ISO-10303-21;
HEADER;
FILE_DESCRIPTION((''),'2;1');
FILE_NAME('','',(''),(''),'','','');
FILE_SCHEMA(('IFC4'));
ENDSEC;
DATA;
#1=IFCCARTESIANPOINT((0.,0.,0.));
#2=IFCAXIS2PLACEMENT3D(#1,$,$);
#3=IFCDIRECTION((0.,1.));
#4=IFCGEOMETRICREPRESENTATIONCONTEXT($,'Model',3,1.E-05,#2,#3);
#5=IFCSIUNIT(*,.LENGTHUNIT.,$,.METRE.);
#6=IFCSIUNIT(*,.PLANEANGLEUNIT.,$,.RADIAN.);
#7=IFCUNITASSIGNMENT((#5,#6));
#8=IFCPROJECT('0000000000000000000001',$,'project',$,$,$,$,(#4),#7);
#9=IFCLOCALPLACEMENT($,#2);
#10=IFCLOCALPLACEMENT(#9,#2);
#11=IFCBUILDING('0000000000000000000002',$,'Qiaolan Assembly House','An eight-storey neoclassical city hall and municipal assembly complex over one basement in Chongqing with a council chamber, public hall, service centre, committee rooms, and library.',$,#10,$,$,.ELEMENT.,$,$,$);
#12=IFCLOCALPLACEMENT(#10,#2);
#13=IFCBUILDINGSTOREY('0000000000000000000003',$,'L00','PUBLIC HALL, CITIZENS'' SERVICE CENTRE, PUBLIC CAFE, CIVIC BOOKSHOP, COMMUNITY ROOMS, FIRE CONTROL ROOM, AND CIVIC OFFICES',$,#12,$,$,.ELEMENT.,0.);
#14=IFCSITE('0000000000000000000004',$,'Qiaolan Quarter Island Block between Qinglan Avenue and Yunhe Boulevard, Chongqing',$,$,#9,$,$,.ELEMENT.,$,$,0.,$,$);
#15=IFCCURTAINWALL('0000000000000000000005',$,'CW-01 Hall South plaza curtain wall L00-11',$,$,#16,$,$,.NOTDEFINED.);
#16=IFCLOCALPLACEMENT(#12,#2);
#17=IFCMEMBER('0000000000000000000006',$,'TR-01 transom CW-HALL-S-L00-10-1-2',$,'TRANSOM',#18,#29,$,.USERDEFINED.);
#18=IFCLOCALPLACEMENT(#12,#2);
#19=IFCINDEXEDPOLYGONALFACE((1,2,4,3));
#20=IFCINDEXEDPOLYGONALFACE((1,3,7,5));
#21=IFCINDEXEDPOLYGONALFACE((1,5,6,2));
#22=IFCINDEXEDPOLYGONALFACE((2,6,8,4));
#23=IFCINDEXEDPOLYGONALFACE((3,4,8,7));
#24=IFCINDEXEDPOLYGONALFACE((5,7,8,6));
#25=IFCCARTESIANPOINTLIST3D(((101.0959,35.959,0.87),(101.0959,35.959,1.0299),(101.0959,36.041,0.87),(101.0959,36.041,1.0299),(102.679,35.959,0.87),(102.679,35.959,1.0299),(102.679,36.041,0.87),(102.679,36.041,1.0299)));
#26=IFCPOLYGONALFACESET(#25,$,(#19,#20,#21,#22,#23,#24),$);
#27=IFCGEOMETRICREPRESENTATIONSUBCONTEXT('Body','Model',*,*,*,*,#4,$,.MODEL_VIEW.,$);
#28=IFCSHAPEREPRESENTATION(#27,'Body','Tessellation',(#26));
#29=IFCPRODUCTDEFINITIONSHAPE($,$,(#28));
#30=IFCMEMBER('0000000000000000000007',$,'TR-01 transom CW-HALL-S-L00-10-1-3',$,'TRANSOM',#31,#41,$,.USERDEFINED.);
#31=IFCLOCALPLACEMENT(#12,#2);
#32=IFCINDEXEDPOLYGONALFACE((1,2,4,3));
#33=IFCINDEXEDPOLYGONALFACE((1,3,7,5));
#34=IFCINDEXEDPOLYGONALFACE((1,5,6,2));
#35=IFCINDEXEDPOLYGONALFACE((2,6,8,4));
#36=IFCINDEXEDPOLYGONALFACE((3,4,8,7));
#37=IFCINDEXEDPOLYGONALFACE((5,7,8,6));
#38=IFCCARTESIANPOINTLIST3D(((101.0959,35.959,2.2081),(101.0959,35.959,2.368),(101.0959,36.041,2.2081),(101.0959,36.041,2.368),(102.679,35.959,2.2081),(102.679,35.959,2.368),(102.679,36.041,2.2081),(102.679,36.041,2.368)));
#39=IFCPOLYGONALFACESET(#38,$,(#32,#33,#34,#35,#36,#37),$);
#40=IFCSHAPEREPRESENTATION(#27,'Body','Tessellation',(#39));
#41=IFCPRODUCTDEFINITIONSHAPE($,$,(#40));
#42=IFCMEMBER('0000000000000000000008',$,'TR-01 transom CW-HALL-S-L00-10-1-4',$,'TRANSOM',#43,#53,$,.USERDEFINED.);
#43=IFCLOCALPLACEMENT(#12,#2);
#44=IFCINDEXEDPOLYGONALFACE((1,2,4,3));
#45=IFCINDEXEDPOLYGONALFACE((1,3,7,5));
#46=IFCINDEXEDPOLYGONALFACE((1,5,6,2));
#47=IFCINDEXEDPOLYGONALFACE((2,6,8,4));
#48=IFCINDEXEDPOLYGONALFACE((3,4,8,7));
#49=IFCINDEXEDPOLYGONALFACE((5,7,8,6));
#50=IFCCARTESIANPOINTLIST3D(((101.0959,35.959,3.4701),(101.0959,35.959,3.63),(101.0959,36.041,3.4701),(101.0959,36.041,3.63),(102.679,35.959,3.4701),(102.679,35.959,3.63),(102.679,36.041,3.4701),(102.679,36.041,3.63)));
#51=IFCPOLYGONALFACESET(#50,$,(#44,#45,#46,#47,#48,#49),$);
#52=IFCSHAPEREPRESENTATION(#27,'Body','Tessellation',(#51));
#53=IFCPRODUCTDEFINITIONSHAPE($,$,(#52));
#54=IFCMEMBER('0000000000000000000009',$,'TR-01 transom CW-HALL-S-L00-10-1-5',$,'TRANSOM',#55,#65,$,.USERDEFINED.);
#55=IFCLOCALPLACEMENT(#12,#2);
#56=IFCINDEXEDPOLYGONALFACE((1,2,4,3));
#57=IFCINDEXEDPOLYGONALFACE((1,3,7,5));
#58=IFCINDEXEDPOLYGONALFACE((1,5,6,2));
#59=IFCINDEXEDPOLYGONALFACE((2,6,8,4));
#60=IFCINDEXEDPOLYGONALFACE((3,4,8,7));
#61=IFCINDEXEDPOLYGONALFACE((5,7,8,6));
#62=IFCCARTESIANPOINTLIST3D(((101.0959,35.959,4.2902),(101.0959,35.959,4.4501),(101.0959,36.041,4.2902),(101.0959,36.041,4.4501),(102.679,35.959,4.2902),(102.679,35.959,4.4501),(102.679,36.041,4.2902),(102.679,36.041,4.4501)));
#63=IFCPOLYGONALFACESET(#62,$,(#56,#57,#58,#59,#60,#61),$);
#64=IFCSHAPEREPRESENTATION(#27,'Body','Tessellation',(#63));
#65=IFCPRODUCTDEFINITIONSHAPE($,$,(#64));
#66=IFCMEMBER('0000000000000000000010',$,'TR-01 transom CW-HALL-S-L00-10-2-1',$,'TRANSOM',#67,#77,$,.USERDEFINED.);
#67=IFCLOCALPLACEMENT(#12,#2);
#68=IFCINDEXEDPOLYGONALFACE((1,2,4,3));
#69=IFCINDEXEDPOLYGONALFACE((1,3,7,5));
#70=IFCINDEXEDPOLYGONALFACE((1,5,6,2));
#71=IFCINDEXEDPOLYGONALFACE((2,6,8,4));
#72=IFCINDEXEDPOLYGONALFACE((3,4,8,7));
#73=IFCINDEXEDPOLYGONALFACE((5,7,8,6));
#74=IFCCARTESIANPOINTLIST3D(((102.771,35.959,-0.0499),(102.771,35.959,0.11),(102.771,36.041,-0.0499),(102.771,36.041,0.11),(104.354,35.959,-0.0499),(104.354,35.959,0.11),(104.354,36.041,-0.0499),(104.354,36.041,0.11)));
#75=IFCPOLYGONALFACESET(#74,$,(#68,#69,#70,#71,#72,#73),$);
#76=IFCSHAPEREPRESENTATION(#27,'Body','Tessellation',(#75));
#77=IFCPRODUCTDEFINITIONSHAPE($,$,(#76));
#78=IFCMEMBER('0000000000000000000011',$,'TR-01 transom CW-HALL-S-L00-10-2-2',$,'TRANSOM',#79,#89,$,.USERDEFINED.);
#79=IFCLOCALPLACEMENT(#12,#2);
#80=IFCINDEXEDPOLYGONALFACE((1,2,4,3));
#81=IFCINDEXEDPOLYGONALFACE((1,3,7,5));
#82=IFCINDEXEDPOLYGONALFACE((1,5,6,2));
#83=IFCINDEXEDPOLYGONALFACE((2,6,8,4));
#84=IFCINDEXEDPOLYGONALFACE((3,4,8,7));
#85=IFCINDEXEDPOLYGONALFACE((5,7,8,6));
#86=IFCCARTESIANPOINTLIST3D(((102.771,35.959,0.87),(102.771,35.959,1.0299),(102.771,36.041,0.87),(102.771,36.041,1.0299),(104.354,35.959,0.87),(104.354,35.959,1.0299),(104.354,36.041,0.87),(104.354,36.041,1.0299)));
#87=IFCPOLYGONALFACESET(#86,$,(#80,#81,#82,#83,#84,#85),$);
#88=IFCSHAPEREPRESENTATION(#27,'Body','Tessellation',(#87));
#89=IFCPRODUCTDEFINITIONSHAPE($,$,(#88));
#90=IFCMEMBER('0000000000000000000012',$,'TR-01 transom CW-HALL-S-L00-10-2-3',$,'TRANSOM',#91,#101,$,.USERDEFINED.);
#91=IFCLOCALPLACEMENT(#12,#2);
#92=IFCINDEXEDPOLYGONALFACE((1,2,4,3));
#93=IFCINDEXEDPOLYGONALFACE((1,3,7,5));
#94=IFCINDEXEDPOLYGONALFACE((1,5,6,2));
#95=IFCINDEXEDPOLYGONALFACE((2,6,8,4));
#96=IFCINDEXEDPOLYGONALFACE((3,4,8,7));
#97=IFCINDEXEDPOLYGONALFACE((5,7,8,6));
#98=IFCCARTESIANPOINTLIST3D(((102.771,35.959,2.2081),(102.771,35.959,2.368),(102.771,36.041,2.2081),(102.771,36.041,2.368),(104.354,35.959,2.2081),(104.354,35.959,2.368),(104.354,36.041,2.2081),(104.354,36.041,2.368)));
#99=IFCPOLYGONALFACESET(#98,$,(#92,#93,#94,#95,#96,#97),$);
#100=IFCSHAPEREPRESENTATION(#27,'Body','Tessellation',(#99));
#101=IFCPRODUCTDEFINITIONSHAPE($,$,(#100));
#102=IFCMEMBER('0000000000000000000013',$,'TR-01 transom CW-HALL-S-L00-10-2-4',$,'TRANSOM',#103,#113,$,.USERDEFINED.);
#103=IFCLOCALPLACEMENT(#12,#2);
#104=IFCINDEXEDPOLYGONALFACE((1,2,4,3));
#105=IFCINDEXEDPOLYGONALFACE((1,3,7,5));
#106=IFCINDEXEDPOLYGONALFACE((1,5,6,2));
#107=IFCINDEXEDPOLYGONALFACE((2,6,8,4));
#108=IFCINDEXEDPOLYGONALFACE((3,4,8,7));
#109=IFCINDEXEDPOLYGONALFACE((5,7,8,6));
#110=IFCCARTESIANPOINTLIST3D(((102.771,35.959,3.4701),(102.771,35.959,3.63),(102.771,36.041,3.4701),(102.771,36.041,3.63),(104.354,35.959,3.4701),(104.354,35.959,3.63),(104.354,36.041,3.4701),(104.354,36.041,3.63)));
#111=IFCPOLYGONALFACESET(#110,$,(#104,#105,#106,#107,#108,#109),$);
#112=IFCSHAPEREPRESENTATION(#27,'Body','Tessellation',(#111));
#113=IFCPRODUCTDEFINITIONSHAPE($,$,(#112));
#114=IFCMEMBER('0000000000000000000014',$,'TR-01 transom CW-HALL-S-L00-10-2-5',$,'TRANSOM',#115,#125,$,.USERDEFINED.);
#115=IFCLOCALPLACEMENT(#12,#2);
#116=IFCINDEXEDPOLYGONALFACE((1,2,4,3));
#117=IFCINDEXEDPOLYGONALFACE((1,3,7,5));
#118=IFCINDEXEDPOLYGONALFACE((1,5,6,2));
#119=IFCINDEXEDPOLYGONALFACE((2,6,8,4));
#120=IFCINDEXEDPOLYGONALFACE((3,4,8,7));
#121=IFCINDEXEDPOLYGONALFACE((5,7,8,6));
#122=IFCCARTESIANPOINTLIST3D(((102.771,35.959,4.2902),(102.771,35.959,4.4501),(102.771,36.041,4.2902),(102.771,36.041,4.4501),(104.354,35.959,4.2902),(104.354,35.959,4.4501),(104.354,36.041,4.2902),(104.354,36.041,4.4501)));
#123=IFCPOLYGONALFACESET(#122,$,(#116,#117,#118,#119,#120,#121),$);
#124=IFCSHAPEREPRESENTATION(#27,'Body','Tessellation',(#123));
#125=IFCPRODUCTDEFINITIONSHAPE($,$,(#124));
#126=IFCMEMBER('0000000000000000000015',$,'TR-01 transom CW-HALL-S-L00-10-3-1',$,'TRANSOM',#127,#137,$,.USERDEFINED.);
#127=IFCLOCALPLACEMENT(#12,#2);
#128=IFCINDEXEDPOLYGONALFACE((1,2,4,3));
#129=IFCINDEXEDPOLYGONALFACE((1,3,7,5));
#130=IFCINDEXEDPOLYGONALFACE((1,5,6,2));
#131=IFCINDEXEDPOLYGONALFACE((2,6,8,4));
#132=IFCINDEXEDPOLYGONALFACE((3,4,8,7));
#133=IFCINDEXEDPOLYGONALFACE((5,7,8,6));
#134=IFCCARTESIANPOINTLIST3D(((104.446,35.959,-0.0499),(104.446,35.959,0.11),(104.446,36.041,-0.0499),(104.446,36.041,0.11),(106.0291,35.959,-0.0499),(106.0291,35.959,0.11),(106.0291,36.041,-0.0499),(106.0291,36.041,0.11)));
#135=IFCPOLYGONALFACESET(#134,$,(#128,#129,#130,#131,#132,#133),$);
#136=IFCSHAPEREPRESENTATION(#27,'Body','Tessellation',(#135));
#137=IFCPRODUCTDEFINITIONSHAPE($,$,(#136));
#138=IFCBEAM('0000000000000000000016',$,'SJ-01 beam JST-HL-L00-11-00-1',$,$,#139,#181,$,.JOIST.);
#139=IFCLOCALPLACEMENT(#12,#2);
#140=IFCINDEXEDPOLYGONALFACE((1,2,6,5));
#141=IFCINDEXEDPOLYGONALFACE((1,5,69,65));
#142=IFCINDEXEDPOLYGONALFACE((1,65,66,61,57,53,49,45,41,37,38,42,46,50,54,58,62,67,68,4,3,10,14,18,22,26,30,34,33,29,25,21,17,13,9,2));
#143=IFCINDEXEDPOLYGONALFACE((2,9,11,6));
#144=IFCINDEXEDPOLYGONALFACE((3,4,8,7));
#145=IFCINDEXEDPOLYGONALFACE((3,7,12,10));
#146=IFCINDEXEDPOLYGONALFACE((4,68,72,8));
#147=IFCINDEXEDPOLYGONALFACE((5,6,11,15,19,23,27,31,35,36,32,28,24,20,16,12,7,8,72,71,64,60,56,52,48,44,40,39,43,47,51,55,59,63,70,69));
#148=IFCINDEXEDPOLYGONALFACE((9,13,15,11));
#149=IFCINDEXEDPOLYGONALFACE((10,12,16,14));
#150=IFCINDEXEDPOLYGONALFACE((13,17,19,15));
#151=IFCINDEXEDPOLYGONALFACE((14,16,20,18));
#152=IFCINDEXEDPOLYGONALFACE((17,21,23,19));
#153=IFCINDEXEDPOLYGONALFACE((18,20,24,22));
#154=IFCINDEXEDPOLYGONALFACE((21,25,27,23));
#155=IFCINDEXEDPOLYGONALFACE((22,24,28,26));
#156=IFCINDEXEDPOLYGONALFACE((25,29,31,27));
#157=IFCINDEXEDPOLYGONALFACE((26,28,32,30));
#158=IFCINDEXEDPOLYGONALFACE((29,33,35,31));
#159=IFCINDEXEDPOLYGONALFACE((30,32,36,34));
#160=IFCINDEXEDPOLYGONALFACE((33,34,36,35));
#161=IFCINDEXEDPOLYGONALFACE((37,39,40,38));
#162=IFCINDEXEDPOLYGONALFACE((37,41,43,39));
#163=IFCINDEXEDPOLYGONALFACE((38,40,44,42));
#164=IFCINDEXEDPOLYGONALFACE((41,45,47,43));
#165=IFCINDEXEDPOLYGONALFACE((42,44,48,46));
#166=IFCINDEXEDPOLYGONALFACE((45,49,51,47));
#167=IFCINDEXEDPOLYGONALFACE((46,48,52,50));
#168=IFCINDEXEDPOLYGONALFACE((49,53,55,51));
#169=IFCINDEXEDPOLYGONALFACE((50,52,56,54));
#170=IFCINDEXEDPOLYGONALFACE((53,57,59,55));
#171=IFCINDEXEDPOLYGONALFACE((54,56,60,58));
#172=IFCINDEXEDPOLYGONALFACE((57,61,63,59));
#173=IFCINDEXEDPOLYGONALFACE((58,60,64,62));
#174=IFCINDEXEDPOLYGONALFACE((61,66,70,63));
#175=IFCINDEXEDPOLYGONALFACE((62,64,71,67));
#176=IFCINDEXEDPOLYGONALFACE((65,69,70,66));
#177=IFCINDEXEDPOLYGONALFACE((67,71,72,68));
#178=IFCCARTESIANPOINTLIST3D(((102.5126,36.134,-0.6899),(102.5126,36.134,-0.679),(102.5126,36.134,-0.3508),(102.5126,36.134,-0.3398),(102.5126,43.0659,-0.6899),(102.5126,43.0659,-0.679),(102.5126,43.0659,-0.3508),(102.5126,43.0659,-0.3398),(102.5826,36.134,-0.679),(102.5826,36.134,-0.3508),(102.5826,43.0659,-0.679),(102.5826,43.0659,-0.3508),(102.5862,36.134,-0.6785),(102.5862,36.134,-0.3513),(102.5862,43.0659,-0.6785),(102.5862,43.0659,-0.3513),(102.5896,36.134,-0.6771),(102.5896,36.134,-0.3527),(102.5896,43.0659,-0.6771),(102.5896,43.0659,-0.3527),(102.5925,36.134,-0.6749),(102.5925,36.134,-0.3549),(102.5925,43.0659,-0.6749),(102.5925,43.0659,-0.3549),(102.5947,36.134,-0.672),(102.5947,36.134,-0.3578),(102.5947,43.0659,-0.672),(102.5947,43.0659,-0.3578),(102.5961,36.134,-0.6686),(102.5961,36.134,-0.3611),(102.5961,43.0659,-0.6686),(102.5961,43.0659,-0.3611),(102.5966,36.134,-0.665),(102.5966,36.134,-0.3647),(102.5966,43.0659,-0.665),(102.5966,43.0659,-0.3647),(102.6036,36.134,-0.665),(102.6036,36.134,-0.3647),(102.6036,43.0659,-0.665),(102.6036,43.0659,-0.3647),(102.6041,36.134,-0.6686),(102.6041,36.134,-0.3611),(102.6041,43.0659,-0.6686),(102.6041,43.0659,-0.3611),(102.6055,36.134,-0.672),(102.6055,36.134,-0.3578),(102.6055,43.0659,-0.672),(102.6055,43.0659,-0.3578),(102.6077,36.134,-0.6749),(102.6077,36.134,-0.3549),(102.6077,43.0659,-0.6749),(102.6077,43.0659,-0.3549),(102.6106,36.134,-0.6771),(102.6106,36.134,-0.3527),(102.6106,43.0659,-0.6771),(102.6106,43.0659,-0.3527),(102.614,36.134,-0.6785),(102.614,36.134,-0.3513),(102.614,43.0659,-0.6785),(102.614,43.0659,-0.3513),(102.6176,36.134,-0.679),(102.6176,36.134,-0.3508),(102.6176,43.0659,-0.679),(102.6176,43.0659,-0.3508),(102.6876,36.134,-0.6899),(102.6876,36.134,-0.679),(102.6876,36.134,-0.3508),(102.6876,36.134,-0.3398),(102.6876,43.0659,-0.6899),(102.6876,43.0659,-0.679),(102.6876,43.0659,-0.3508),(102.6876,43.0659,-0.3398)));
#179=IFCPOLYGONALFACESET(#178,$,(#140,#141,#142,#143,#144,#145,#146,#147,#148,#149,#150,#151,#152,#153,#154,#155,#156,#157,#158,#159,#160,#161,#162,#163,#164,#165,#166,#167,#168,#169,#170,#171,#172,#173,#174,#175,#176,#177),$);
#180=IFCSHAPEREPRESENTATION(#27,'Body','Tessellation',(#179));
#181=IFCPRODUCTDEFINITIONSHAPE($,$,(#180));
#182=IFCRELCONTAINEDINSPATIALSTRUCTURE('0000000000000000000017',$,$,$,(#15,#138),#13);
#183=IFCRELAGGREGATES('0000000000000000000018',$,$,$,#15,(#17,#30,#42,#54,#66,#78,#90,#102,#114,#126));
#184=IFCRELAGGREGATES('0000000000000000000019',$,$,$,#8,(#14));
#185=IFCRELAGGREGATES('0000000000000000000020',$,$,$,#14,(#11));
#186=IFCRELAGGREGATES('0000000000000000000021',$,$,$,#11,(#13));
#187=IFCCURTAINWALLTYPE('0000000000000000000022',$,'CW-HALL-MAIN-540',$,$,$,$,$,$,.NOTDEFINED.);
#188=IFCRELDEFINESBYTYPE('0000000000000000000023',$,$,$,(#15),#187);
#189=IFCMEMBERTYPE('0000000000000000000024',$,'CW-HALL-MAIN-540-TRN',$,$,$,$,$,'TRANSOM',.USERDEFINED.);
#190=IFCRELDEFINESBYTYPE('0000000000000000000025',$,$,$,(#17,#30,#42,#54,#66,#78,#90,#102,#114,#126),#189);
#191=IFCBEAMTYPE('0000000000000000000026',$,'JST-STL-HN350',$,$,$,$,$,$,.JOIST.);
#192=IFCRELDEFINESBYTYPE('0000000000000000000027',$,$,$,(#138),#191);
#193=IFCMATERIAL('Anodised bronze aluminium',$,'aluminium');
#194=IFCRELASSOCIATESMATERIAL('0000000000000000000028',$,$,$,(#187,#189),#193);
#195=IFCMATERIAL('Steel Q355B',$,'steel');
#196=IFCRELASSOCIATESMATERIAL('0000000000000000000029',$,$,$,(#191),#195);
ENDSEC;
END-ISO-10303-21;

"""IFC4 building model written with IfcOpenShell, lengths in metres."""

from ifc_helpers import new_model, si_unit, direction, frame, origin, origin_2d, place, context, subcontext, project, spatial, rectangle, i_section, extrude, material, material_profile, profile_set, type_object, element, aggregate, save


model = new_model("IFC4")

# Units and contexts
model_context = context("Model", 3, precision=1e-05, world=origin(), true_north=direction((0.0, 1.0)))
body_context = subcontext(model_context, "Body", "Model", "MODEL_VIEW")
ifc_project = project(units=[si_unit("LENGTHUNIT", "METRE"), si_unit("PLANEANGLEUNIT", "RADIAN")], contexts=[model_context])

# Site, building, storey
site_placement = place(None, origin())
site = spatial("IfcSite", under=ifc_project, at=site_placement, Name="Qiaolan Quarter Island Block between Qinglan Avenue and Yunhe Boulevard, Chongqing", CompositionType="ELEMENT", RefElevation=0.0)
building_placement = place(site_placement, origin())
building = spatial("IfcBuilding", under=site, at=building_placement, Name="Qiaolan Assembly House", Description="An eight-storey neoclassical city hall and municipal assembly complex over one basement in Chongqing with a council chamber, public hall, service centre, committee rooms, and library.", CompositionType="ELEMENT")
storey_placement = place(building_placement, origin())
storey = spatial("IfcBuildingStorey", under=building, at=storey_placement, Name="L00", Description="PUBLIC HALL, CITIZENS' SERVICE CENTRE, PUBLIC CAFE, CIVIC BOOKSHOP, COMMUNITY ROOMS, FIRE CONTROL ROOM, AND CIVIC OFFICES", CompositionType="ELEMENT", Elevation=0.0)

# Shared definitions
ifc_material_1 = material(Name="Steel Q355B", Category="steel")

# Curtain wall, members
ifc_material_2 = material(Name="Anodised bronze aluminium", Category="aluminium")
curtain_wall_type = type_object("IfcCurtainWallType", Name="CW-HALL-MAIN-540", PredefinedType="NOTDEFINED", material=ifc_material_2)
curtain_wall_placement = place(storey_placement, origin())
curtain_wall = element("IfcCurtainWall", 1, at=curtain_wall_placement, inside=storey, type_object=curtain_wall_type, Name="CW-01 Hall South plaza curtain wall L00-11", PredefinedType="NOTDEFINED")
ifc_material_profile_1 = material_profile(ifc_material_2, rectangle(XDim=0.082, YDim=0.1599, at=origin_2d()), Name="TRN 82x160")
ifc_profile_set_1 = profile_set([ifc_material_profile_1], Name="Anodised bronze aluminium")
member_type_1 = type_object("IfcMemberType", Name="CW-HALL-MAIN-540-TRN", ElementType="TRANSOM", PredefinedType="USERDEFINED", material=ifc_profile_set_1)
member_1_placement = place(storey_placement, frame((101.0959, 36.0, 0.95), z_axis=(1.0, 0.0, 0.0), x_axis=(0.0, 1.0, 0.0)))
member_1 = element("IfcMember", 2, at=member_1_placement, type_object=member_type_1, Name="TR-01 transom CW-HALL-S-L00-10-1-2", ObjectType="TRANSOM", PredefinedType="USERDEFINED", context=body_context, shape_type="SweptSolid", body=[
    extrude(rectangle(XDim=0.082, YDim=0.1599, at=origin_2d()), origin(), (0.0, 0.0, 1.0), 1.583),
])
member_2_placement = place(storey_placement, frame((101.0959, 36.0, 2.2881), z_axis=(1.0, 0.0, 0.0), x_axis=(0.0, 1.0, 0.0)))
member_2 = element("IfcMember", 3, at=member_2_placement, type_object=member_type_1, Name="TR-01 transom CW-HALL-S-L00-10-1-3", ObjectType="TRANSOM", PredefinedType="USERDEFINED", context=body_context, shape_type="SweptSolid", body=[
    extrude(rectangle(XDim=0.082, YDim=0.1599, at=origin_2d()), origin(), (0.0, 0.0, 1.0), 1.583),
])
member_3_placement = place(storey_placement, frame((101.0959, 36.0, 3.55), z_axis=(1.0, 0.0, 0.0), x_axis=(0.0, 1.0, 0.0)))
member_3 = element("IfcMember", 4, at=member_3_placement, type_object=member_type_1, Name="TR-01 transom CW-HALL-S-L00-10-1-4", ObjectType="TRANSOM", PredefinedType="USERDEFINED", context=body_context, shape_type="SweptSolid", body=[
    extrude(rectangle(XDim=0.082, YDim=0.1599, at=origin_2d()), origin(), (0.0, 0.0, 1.0), 1.583),
])
member_4_placement = place(storey_placement, frame((101.0959, 36.0, 4.3701), z_axis=(1.0, 0.0, 0.0), x_axis=(0.0, 1.0, 0.0)))
member_4 = element("IfcMember", 5, at=member_4_placement, type_object=member_type_1, Name="TR-01 transom CW-HALL-S-L00-10-1-5", ObjectType="TRANSOM", PredefinedType="USERDEFINED", context=body_context, shape_type="SweptSolid", body=[
    extrude(rectangle(XDim=0.082, YDim=0.1599, at=origin_2d()), origin(), (0.0, 0.0, 1.0), 1.583),
])
member_5_placement = place(storey_placement, frame((102.771, 36.0, 0.03), z_axis=(1.0, 0.0, 0.0), x_axis=(0.0, 1.0, 0.0)))
member_5 = element("IfcMember", 6, at=member_5_placement, type_object=member_type_1, Name="TR-01 transom CW-HALL-S-L00-10-2-1", ObjectType="TRANSOM", PredefinedType="USERDEFINED", context=body_context, shape_type="SweptSolid", body=[
    extrude(rectangle(XDim=0.082, YDim=0.1599, at=origin_2d()), origin(), (0.0, 0.0, 1.0), 1.583),
])
member_6_placement = place(storey_placement, frame((102.771, 36.0, 0.95), z_axis=(1.0, 0.0, 0.0), x_axis=(0.0, 1.0, 0.0)))
member_6 = element("IfcMember", 7, at=member_6_placement, type_object=member_type_1, Name="TR-01 transom CW-HALL-S-L00-10-2-2", ObjectType="TRANSOM", PredefinedType="USERDEFINED", context=body_context, shape_type="SweptSolid", body=[
    extrude(rectangle(XDim=0.082, YDim=0.1599, at=origin_2d()), origin(), (0.0, 0.0, 1.0), 1.583),
])
member_7_placement = place(storey_placement, frame((102.771, 36.0, 2.2881), z_axis=(1.0, 0.0, 0.0), x_axis=(0.0, 1.0, 0.0)))
member_7 = element("IfcMember", 8, at=member_7_placement, type_object=member_type_1, Name="TR-01 transom CW-HALL-S-L00-10-2-3", ObjectType="TRANSOM", PredefinedType="USERDEFINED", context=body_context, shape_type="SweptSolid", body=[
    extrude(rectangle(XDim=0.082, YDim=0.1599, at=origin_2d()), origin(), (0.0, 0.0, 1.0), 1.583),
])
member_8_placement = place(storey_placement, frame((102.771, 36.0, 3.55), z_axis=(1.0, 0.0, 0.0), x_axis=(0.0, 1.0, 0.0)))
member_8 = element("IfcMember", 9, at=member_8_placement, type_object=member_type_1, Name="TR-01 transom CW-HALL-S-L00-10-2-4", ObjectType="TRANSOM", PredefinedType="USERDEFINED", context=body_context, shape_type="SweptSolid", body=[
    extrude(rectangle(XDim=0.082, YDim=0.1599, at=origin_2d()), origin(), (0.0, 0.0, 1.0), 1.583),
])
member_9_placement = place(storey_placement, frame((102.771, 36.0, 4.3701), z_axis=(1.0, 0.0, 0.0), x_axis=(0.0, 1.0, 0.0)))
member_9 = element("IfcMember", 10, at=member_9_placement, type_object=member_type_1, Name="TR-01 transom CW-HALL-S-L00-10-2-5", ObjectType="TRANSOM", PredefinedType="USERDEFINED", context=body_context, shape_type="SweptSolid", body=[
    extrude(rectangle(XDim=0.082, YDim=0.1599, at=origin_2d()), origin(), (0.0, 0.0, 1.0), 1.583),
])
member_10_placement = place(storey_placement, frame((104.446, 36.0, 0.03), z_axis=(1.0, 0.0, 0.0), x_axis=(0.0, 1.0, 0.0)))
member_10 = element("IfcMember", 11, at=member_10_placement, type_object=member_type_1, Name="TR-01 transom CW-HALL-S-L00-10-3-1", ObjectType="TRANSOM", PredefinedType="USERDEFINED", context=body_context, shape_type="SweptSolid", body=[
    extrude(rectangle(XDim=0.082, YDim=0.1599, at=origin_2d()), origin(), (0.0, 0.0, 1.0), 1.583),
])

# Beam
ifc_material_profile_2 = material_profile(ifc_material_1, i_section(OverallWidth=0.175, OverallDepth=0.3501, WebThickness=0.0071, FlangeThickness=0.011, FilletRadius=0.0139, at=origin_2d()), Name="HN 350x175x7x11")
ifc_profile_set_2 = profile_set([ifc_material_profile_2], Name="Steel Q355B")
beam_type_1 = type_object("IfcBeamType", Name="JST-STL-HN350", PredefinedType="JOIST", material=ifc_profile_set_2)
for number, where, z_axis, x_axis, name in (
    (12, (102.6001, 36.134, -0.5149), (0.0, 1.0, 0.0), (-1.0, 0.0, 0.0), "SJ-01 beam JST-HL-L00-11-00-1"),
):
    element("IfcBeam", number, at=place(storey_placement, frame(where, z_axis=z_axis, x_axis=x_axis)), inside=storey, type_object=beam_type_1, Name=name, PredefinedType="JOIST", context=body_context, shape_type="SweptSolid", body=[
        extrude(i_section(OverallWidth=0.175, OverallDepth=0.3501, WebThickness=0.0071, FlangeThickness=0.011, FilletRadius=0.0139, at=origin_2d()), origin(), (0.0, 0.0, 1.0), 6.9319),
    ])

aggregate(curtain_wall, [member_1, member_2, member_3, member_4, member_5, member_6, member_7, member_8, member_9, member_10])

save(model, "model.ifc")
